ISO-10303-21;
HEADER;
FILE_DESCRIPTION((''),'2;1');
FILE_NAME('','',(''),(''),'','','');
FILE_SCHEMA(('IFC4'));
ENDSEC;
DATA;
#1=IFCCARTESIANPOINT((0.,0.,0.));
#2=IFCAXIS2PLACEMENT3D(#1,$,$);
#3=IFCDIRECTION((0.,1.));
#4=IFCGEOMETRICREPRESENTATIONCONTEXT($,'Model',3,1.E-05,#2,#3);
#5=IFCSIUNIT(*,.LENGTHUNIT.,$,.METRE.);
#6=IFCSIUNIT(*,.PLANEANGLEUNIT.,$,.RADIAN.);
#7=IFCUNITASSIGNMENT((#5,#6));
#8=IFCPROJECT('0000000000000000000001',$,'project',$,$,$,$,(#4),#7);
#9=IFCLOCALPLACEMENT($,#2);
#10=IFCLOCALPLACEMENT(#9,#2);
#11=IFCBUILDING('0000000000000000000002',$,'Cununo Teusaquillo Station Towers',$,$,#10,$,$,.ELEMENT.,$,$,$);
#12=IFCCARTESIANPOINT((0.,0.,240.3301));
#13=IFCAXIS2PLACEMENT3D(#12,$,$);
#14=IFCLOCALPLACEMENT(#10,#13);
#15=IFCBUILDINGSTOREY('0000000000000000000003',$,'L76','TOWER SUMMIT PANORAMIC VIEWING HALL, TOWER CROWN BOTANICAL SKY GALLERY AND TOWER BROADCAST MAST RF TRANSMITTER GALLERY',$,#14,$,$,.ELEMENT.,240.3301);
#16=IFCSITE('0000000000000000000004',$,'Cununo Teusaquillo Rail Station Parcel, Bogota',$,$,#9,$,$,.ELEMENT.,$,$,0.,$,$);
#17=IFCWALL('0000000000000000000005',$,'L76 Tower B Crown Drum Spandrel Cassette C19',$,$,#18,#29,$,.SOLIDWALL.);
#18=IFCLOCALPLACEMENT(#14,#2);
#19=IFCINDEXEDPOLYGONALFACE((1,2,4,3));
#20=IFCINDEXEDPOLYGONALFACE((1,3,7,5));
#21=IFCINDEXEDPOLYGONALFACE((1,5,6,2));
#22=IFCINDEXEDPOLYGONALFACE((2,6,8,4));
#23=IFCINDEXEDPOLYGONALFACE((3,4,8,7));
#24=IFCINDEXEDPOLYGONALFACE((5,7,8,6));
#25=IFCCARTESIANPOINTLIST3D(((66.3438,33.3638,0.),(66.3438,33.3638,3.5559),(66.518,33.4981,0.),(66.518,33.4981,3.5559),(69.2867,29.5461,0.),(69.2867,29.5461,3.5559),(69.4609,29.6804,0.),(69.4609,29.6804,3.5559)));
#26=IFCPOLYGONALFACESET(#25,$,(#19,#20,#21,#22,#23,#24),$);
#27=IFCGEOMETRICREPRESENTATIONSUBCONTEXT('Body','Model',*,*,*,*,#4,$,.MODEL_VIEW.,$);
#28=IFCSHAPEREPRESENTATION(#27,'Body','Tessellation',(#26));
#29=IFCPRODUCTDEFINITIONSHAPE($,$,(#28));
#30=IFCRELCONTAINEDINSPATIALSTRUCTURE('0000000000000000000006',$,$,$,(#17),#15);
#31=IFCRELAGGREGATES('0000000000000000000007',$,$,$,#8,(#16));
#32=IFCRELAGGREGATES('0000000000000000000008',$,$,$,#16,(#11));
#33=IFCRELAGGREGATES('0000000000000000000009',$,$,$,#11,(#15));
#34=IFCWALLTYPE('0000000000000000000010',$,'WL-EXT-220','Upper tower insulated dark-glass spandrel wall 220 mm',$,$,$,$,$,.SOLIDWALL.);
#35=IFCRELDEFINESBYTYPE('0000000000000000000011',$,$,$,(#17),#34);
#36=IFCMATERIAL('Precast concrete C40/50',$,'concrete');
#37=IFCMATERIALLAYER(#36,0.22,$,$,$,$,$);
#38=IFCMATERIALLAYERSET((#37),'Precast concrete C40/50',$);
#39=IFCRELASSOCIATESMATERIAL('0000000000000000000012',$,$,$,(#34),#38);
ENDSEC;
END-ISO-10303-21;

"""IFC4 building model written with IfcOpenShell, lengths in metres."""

from ifc_helpers import new_model, si_unit, direction, frame, frame_2d, origin, place, context, subcontext, project, spatial, rectangle, extrude, material, layer, layer_set, type_object, element, save


model = new_model("IFC4")

# Units and contexts
model_context = context("Model", 3, precision=1e-05, world=origin(), true_north=direction((0.0, 1.0)))
body_context = subcontext(model_context, "Body", "Model", "MODEL_VIEW")
ifc_project = project(units=[si_unit("LENGTHUNIT", "METRE"), si_unit("PLANEANGLEUNIT", "RADIAN")], contexts=[model_context])

# Site, building, storey
site_placement = place(None, origin())
site = spatial("IfcSite", under=ifc_project, at=site_placement, Name="Cununo Teusaquillo Rail Station Parcel, Bogota", CompositionType="ELEMENT", RefElevation=0.0)
building_placement = place(site_placement, origin())
building = spatial("IfcBuilding", under=site, at=building_placement, Name="Cununo Teusaquillo Station Towers", CompositionType="ELEMENT")
storey_placement = place(building_placement, frame((0.0, 0.0, 240.3301)))
storey = spatial("IfcBuildingStorey", under=building, at=storey_placement, Name="L76", Description="TOWER SUMMIT PANORAMIC VIEWING HALL, TOWER CROWN BOTANICAL SKY GALLERY AND TOWER BROADCAST MAST RF TRANSMITTER GALLERY", CompositionType="ELEMENT", Elevation=240.3301)

# Wall
ifc_material_1 = material(Name="Precast concrete C40/50", Category="concrete")
ifc_layer_1 = layer(ifc_material_1, 0.22)
ifc_layer_set_1 = layer_set([ifc_layer_1], Name="Precast concrete C40/50")
wall_type = type_object("IfcWallType", Name="WL-EXT-220", Description="Upper tower insulated dark-glass spandrel wall 220 mm", PredefinedType="SOLIDWALL", material=ifc_layer_set_1)
wall_1_placement = place(storey_placement, frame((66.4309, 33.4309, 0.0), z_axis=(0.0, 0.0, 1.0), x_axis=(0.610523, -0.791998, 0.0)))
element("IfcWall", 1, at=wall_1_placement, inside=storey, type_object=wall_type, Name="L76 Tower B Crown Drum Spandrel Cassette C19", PredefinedType="SOLIDWALL", context=body_context, shape_type="SweptSolid", body=[
    extrude(rectangle(XDim=4.8203, YDim=0.22, at=frame_2d((2.4102, 0.0))), origin(), (0.0, 0.0, 1.0), 3.5559),
])

save(model, "model.ifc")
